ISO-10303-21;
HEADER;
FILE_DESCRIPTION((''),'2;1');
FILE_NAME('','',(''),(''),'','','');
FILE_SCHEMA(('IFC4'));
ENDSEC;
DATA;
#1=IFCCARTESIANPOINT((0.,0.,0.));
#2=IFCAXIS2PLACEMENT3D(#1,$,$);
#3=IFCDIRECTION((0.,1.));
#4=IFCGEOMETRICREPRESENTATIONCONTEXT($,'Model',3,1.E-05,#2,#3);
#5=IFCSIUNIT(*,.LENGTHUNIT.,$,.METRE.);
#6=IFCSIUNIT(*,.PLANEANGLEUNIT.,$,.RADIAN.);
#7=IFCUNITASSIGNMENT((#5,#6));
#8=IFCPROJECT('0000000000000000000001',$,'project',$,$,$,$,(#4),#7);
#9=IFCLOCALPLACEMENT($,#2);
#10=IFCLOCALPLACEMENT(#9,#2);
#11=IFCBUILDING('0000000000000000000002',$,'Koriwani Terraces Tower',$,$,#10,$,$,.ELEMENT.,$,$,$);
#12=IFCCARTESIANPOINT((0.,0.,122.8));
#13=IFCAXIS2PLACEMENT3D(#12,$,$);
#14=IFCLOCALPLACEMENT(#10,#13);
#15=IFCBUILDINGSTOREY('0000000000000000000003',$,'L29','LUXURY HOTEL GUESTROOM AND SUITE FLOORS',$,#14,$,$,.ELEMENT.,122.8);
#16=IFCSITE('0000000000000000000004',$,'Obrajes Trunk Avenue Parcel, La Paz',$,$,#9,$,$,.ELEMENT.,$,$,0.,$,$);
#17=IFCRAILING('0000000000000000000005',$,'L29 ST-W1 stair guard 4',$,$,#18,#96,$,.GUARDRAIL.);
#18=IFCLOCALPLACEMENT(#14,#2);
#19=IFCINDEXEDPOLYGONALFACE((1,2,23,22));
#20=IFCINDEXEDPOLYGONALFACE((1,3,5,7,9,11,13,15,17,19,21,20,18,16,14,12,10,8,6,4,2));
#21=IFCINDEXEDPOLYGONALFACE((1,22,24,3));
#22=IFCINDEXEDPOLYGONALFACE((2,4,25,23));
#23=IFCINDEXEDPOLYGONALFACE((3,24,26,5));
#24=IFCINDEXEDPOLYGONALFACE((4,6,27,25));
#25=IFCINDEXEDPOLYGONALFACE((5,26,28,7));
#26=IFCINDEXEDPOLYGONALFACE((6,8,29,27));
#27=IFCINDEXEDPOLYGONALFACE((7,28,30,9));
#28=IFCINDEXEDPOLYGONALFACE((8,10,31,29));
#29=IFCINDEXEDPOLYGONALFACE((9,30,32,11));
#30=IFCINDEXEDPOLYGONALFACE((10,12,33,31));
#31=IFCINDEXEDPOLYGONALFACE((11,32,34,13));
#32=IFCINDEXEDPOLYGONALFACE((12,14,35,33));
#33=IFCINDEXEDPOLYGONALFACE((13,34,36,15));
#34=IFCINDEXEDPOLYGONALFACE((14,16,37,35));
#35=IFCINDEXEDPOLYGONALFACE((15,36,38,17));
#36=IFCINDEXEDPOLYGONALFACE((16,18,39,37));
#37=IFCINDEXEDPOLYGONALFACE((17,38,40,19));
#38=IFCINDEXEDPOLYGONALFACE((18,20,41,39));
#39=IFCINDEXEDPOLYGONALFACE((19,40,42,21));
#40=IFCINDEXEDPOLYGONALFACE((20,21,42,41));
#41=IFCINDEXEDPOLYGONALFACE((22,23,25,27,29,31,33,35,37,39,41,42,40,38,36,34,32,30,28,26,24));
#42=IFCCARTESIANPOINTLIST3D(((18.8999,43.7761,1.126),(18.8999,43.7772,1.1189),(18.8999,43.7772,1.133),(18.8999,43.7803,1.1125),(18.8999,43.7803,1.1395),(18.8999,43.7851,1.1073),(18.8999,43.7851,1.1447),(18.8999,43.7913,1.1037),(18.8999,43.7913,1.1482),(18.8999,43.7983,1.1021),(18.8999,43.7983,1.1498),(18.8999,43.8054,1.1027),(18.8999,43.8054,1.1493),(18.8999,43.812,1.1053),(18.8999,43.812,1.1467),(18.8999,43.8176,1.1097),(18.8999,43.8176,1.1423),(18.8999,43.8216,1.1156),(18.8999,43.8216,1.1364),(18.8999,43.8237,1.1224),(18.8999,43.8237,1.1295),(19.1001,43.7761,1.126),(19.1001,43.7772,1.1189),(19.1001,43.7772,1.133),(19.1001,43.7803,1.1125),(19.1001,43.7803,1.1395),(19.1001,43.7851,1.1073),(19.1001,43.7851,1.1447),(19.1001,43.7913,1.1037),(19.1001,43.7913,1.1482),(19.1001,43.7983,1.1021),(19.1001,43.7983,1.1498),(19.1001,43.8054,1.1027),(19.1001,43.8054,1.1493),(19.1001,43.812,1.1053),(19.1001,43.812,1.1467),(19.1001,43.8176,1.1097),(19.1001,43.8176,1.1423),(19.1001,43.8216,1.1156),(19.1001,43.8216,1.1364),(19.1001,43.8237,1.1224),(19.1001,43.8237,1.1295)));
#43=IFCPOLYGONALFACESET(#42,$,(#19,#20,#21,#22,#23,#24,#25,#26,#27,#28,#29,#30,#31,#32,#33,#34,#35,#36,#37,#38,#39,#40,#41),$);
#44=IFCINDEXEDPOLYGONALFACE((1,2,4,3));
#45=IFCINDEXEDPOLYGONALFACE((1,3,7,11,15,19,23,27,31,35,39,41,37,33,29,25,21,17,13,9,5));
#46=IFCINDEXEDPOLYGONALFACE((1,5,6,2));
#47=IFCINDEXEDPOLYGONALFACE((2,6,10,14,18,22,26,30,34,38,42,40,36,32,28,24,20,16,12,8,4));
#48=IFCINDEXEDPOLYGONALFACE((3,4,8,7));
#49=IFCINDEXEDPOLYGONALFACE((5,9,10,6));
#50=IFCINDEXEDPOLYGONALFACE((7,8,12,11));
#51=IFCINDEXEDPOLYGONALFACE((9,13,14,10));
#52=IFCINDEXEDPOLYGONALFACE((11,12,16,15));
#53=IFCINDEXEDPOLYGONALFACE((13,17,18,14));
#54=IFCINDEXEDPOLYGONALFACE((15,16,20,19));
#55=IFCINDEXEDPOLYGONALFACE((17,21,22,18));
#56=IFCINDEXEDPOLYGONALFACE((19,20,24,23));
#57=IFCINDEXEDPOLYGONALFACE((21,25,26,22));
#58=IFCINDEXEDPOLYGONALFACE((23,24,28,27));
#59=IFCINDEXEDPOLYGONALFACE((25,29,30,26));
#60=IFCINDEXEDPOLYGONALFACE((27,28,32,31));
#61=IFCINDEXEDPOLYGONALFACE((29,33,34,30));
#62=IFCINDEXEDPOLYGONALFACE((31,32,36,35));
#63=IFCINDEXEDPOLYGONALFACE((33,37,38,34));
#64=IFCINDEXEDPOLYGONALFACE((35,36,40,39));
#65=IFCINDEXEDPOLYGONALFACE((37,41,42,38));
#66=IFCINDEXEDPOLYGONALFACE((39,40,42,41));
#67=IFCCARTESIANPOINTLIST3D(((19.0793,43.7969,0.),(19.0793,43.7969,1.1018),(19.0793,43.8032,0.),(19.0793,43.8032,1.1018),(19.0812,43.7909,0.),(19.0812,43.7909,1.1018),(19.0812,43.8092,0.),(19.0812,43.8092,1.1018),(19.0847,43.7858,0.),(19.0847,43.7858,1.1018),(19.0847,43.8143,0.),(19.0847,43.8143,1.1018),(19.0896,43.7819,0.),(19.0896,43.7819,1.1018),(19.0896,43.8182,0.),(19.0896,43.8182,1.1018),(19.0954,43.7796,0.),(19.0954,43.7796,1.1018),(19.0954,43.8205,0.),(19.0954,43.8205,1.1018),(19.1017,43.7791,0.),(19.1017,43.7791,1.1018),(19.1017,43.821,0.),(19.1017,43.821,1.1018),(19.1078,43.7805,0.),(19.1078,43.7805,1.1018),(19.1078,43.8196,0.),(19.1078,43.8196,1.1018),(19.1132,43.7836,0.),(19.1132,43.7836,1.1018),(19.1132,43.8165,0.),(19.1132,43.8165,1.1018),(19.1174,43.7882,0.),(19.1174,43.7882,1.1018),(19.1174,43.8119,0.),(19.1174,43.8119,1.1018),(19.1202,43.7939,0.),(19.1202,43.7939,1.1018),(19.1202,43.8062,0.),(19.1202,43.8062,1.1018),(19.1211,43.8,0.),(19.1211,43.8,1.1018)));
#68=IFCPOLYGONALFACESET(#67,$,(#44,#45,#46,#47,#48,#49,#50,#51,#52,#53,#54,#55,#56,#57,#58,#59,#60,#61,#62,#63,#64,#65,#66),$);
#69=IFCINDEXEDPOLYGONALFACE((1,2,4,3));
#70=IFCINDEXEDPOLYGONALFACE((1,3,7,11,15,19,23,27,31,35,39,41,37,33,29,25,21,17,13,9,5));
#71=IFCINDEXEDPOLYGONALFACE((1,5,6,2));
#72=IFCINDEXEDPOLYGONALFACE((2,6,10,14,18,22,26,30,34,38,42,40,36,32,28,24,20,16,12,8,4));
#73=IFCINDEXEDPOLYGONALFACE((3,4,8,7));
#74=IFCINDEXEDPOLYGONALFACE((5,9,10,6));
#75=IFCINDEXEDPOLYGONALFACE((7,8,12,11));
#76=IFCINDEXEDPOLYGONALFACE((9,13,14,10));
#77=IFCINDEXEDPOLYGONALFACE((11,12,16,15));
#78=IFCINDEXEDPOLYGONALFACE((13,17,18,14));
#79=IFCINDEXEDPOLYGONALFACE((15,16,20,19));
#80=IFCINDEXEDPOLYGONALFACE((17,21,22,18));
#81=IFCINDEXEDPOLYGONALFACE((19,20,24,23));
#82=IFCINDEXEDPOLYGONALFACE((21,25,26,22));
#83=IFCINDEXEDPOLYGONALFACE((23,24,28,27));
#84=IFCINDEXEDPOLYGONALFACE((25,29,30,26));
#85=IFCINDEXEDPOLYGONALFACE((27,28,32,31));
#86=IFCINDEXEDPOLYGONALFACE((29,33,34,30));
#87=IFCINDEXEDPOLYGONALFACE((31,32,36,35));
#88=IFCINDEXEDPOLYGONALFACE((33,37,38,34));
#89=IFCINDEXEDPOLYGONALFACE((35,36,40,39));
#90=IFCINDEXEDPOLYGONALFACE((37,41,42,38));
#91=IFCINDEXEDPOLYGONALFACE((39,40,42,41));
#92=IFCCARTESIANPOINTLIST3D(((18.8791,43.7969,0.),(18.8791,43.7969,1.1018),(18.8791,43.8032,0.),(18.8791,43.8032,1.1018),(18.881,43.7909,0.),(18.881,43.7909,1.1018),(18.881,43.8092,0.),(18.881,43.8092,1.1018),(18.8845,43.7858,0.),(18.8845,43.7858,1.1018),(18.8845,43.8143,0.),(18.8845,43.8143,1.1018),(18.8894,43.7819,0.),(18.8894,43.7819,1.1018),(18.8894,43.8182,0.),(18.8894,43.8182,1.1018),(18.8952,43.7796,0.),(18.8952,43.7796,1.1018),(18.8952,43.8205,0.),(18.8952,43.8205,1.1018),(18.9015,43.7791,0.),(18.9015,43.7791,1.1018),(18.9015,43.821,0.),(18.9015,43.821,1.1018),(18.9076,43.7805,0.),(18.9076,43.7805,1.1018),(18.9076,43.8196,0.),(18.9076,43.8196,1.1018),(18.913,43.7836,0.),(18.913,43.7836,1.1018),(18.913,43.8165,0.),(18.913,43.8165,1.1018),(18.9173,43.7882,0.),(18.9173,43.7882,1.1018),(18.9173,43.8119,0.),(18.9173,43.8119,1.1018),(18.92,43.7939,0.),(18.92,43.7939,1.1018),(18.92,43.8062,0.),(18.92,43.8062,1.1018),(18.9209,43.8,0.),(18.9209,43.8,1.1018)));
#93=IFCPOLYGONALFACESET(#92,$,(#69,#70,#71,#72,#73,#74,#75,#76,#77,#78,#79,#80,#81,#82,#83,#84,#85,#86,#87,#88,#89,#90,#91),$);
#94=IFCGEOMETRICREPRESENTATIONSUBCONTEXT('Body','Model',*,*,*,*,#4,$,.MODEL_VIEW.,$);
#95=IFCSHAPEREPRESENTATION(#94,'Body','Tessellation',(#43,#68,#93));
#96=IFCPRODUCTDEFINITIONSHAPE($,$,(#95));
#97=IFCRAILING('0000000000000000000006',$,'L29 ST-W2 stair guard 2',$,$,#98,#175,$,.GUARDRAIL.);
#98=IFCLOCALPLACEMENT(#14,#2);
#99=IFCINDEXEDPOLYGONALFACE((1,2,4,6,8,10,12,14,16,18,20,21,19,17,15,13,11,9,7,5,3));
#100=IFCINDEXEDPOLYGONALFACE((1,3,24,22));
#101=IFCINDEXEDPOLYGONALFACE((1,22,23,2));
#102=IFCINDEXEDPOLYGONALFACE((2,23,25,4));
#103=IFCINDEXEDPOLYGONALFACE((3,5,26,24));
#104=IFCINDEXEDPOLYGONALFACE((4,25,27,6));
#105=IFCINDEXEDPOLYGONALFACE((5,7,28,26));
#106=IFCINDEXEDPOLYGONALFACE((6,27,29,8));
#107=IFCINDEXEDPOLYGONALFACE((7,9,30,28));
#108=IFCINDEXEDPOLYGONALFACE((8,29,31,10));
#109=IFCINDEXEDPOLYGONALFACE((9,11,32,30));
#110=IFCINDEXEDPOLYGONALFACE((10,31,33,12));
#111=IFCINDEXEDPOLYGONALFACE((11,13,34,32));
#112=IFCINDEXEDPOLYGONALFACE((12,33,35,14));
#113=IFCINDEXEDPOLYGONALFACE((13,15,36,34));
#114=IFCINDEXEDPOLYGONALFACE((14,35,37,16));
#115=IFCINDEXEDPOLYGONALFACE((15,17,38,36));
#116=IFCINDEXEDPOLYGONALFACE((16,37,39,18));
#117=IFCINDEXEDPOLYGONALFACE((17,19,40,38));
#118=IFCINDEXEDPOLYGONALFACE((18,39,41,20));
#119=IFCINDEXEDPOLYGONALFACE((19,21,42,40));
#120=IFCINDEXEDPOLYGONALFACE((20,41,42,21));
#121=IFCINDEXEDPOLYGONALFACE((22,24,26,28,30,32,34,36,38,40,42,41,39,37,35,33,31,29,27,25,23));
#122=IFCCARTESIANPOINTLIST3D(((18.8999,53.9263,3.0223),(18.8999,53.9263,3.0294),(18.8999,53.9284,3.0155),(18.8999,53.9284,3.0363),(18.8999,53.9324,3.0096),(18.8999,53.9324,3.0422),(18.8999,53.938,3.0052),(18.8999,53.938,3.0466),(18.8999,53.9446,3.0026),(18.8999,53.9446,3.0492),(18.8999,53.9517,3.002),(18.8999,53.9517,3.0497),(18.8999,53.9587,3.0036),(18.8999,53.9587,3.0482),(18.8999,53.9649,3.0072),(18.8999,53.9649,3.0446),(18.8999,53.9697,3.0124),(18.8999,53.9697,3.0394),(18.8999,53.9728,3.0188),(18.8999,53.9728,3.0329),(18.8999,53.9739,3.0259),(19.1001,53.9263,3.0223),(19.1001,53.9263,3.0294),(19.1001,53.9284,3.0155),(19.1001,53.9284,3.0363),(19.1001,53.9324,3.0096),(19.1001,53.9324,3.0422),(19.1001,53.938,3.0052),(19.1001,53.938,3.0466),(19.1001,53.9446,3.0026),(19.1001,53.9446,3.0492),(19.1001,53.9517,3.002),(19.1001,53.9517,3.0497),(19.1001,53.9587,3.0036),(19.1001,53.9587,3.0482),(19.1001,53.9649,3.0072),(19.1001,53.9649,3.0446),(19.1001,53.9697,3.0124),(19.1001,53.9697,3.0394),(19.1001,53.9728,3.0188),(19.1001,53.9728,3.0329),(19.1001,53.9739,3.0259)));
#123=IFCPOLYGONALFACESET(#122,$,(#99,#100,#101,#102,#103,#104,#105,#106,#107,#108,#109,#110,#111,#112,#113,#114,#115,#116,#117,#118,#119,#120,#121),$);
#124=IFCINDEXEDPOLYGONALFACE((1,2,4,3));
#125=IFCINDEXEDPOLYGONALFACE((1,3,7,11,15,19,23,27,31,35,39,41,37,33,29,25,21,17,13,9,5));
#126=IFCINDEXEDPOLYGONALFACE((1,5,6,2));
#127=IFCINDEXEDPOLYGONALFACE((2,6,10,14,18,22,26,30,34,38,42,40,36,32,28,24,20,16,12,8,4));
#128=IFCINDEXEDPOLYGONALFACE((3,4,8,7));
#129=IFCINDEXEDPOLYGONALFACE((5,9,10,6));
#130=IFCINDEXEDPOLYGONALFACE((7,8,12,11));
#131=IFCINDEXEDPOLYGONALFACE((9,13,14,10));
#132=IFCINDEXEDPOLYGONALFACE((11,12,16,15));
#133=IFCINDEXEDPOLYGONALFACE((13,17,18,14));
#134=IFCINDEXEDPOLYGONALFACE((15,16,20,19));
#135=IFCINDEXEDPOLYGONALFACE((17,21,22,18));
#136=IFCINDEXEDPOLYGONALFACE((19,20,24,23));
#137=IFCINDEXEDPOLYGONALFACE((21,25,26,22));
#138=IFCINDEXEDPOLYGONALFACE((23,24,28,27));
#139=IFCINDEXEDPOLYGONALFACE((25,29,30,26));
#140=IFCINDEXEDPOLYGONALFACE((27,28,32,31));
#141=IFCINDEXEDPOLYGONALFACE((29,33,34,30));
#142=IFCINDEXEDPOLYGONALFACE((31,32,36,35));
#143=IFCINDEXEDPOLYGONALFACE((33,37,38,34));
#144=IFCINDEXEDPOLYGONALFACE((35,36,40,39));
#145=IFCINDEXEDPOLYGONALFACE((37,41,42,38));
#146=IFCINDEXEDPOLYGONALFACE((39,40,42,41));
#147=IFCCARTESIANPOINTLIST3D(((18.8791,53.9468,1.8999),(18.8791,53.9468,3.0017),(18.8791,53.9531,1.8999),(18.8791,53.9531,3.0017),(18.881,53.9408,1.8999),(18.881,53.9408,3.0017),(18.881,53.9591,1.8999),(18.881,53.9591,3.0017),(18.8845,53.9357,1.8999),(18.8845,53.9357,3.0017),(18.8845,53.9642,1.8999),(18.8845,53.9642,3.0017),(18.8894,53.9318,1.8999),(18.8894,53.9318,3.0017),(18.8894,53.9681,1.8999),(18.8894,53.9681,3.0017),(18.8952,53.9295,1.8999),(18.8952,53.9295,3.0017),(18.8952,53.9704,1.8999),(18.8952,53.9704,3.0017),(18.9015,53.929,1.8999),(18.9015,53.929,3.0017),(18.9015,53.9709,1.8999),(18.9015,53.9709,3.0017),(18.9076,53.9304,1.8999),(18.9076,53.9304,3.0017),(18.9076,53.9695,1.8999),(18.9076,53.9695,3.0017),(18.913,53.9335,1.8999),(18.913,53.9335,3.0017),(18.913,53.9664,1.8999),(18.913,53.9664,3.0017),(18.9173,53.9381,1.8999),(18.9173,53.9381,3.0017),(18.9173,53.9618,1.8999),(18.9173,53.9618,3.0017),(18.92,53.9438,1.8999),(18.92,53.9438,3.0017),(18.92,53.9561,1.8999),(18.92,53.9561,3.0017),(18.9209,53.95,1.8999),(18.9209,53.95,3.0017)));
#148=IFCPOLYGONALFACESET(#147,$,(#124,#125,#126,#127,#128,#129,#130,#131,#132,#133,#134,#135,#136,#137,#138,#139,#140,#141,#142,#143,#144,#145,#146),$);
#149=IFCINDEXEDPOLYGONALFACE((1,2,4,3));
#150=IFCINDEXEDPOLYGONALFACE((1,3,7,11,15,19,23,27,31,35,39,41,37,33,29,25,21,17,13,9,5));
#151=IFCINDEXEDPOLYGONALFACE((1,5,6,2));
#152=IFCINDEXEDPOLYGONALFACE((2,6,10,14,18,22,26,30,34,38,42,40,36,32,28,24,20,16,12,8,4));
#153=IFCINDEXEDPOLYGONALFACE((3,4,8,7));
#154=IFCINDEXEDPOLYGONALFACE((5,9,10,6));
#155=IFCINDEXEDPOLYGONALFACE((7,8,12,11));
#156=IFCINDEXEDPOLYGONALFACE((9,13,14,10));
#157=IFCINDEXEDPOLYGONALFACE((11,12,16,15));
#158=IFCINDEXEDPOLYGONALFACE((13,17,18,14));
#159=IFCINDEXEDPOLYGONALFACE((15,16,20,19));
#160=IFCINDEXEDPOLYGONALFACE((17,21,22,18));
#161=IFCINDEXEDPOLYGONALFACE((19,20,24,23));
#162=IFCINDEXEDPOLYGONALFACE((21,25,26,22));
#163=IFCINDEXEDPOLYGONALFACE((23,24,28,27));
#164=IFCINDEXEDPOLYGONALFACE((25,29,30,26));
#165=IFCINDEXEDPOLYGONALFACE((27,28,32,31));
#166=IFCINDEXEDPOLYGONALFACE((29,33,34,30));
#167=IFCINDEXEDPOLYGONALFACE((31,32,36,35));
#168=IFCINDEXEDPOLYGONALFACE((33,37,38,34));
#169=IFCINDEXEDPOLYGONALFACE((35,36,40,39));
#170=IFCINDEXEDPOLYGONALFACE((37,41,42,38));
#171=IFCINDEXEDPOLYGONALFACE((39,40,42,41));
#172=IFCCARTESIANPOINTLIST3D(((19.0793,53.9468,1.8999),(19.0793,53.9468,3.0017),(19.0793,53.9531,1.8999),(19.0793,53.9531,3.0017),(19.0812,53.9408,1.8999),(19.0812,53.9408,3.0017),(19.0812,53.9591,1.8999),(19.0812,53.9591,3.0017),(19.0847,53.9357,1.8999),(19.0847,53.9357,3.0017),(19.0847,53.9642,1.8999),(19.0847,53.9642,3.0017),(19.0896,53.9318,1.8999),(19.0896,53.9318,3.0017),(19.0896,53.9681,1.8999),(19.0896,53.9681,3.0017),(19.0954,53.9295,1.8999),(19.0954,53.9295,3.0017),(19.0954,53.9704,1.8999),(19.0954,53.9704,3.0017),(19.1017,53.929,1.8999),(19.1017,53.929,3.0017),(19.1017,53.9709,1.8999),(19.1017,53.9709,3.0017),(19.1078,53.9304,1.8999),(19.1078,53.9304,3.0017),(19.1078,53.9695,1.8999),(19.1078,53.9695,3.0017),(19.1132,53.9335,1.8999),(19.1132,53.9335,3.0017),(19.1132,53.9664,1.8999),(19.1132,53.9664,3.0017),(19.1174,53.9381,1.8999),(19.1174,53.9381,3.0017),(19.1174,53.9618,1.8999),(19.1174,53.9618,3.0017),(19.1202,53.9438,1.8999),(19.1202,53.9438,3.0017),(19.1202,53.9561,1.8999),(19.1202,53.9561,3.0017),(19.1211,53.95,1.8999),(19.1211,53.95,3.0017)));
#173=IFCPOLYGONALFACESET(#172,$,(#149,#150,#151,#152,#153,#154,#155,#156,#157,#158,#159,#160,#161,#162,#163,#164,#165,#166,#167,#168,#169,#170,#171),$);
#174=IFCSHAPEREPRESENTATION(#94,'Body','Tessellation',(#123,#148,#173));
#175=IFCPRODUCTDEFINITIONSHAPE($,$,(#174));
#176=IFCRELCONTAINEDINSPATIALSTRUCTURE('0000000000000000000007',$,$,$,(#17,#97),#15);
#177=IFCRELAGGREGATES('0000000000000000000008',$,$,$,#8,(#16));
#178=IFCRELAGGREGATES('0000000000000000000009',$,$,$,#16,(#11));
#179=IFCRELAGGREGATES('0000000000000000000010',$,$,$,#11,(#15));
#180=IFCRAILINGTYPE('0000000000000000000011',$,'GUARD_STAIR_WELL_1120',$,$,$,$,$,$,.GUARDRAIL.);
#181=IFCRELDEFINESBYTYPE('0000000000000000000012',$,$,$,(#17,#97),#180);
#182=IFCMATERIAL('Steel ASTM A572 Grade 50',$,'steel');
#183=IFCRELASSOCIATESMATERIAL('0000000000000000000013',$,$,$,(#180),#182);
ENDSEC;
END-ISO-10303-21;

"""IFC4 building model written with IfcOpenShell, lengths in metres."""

from ifc_helpers import new_model, si_unit, direction, frame, origin, origin_2d, place, context, subcontext, project, spatial, circle, extrude, material, type_object, element, save


model = new_model("IFC4")

# Units and contexts
model_context = context("Model", 3, precision=1e-05, world=origin(), true_north=direction((0.0, 1.0)))
body_context = subcontext(model_context, "Body", "Model", "MODEL_VIEW")
ifc_project = project(units=[si_unit("LENGTHUNIT", "METRE"), si_unit("PLANEANGLEUNIT", "RADIAN")], contexts=[model_context])

# Site, building, storey
site_placement = place(None, origin())
site = spatial("IfcSite", under=ifc_project, at=site_placement, Name="Obrajes Trunk Avenue Parcel, La Paz", CompositionType="ELEMENT", RefElevation=0.0)
building_placement = place(site_placement, origin())
building = spatial("IfcBuilding", under=site, at=building_placement, Name="Koriwani Terraces Tower", CompositionType="ELEMENT")
storey_placement = place(building_placement, frame((0.0, 0.0, 122.8)))
storey = spatial("IfcBuildingStorey", under=building, at=storey_placement, Name="L29", Description="LUXURY HOTEL GUESTROOM AND SUITE FLOORS", CompositionType="ELEMENT", Elevation=122.8)

# Shared definitions
ifc_material_1 = material(Name="Steel ASTM A572 Grade 50", Category="steel")

# Railings
railing_type_1 = type_object("IfcRailingType", Name="GUARD_STAIR_WELL_1120", PredefinedType="GUARDRAIL", material=ifc_material_1)
railing_1_placement = place(storey_placement, frame((19.1001, 43.8, 0.0)))
element("IfcRailing", 1, at=railing_1_placement, inside=storey, type_object=railing_type_1, Name="L29 ST-W1 stair guard 4", PredefinedType="GUARDRAIL", context=body_context, shape_type="SweptSolid", body=[
    extrude(circle(Radius=0.0239, at=origin_2d()), frame((0.0, 0.0, 1.126), z_axis=(-1.0, 0.0, 0.0), x_axis=(0.0, -1.0, 0.0)), (0.0, 0.0, 1.0), 0.2002),
    extrude(circle(Radius=0.021, at=origin_2d()), origin(), (0.0, 0.0, 1.0), 1.1018),
    extrude(circle(Radius=0.021, at=origin_2d()), frame((-0.2002, 0.0, 0.0)), (0.0, 0.0, 1.0), 1.1018),
])
railing_2_placement = place(storey_placement, frame((18.8999, 53.95, 1.8999)))
element("IfcRailing", 2, at=railing_2_placement, inside=storey, type_object=railing_type_1, Name="L29 ST-W2 stair guard 2", PredefinedType="GUARDRAIL", context=body_context, shape_type="SweptSolid", body=[
    extrude(circle(Radius=0.0239, at=origin_2d()), frame((0.0, 0.0, 1.126), z_axis=(1.0, 0.0, 0.0), x_axis=(0.0, 1.0, 0.0)), (0.0, 0.0, 1.0), 0.2002),
    extrude(circle(Radius=0.021, at=origin_2d()), origin(), (0.0, 0.0, 1.0), 1.1018),
    extrude(circle(Radius=0.021, at=origin_2d()), frame((0.2002, 0.0, 0.0)), (0.0, 0.0, 1.0), 1.1018),
])

save(model, "model.ifc")
